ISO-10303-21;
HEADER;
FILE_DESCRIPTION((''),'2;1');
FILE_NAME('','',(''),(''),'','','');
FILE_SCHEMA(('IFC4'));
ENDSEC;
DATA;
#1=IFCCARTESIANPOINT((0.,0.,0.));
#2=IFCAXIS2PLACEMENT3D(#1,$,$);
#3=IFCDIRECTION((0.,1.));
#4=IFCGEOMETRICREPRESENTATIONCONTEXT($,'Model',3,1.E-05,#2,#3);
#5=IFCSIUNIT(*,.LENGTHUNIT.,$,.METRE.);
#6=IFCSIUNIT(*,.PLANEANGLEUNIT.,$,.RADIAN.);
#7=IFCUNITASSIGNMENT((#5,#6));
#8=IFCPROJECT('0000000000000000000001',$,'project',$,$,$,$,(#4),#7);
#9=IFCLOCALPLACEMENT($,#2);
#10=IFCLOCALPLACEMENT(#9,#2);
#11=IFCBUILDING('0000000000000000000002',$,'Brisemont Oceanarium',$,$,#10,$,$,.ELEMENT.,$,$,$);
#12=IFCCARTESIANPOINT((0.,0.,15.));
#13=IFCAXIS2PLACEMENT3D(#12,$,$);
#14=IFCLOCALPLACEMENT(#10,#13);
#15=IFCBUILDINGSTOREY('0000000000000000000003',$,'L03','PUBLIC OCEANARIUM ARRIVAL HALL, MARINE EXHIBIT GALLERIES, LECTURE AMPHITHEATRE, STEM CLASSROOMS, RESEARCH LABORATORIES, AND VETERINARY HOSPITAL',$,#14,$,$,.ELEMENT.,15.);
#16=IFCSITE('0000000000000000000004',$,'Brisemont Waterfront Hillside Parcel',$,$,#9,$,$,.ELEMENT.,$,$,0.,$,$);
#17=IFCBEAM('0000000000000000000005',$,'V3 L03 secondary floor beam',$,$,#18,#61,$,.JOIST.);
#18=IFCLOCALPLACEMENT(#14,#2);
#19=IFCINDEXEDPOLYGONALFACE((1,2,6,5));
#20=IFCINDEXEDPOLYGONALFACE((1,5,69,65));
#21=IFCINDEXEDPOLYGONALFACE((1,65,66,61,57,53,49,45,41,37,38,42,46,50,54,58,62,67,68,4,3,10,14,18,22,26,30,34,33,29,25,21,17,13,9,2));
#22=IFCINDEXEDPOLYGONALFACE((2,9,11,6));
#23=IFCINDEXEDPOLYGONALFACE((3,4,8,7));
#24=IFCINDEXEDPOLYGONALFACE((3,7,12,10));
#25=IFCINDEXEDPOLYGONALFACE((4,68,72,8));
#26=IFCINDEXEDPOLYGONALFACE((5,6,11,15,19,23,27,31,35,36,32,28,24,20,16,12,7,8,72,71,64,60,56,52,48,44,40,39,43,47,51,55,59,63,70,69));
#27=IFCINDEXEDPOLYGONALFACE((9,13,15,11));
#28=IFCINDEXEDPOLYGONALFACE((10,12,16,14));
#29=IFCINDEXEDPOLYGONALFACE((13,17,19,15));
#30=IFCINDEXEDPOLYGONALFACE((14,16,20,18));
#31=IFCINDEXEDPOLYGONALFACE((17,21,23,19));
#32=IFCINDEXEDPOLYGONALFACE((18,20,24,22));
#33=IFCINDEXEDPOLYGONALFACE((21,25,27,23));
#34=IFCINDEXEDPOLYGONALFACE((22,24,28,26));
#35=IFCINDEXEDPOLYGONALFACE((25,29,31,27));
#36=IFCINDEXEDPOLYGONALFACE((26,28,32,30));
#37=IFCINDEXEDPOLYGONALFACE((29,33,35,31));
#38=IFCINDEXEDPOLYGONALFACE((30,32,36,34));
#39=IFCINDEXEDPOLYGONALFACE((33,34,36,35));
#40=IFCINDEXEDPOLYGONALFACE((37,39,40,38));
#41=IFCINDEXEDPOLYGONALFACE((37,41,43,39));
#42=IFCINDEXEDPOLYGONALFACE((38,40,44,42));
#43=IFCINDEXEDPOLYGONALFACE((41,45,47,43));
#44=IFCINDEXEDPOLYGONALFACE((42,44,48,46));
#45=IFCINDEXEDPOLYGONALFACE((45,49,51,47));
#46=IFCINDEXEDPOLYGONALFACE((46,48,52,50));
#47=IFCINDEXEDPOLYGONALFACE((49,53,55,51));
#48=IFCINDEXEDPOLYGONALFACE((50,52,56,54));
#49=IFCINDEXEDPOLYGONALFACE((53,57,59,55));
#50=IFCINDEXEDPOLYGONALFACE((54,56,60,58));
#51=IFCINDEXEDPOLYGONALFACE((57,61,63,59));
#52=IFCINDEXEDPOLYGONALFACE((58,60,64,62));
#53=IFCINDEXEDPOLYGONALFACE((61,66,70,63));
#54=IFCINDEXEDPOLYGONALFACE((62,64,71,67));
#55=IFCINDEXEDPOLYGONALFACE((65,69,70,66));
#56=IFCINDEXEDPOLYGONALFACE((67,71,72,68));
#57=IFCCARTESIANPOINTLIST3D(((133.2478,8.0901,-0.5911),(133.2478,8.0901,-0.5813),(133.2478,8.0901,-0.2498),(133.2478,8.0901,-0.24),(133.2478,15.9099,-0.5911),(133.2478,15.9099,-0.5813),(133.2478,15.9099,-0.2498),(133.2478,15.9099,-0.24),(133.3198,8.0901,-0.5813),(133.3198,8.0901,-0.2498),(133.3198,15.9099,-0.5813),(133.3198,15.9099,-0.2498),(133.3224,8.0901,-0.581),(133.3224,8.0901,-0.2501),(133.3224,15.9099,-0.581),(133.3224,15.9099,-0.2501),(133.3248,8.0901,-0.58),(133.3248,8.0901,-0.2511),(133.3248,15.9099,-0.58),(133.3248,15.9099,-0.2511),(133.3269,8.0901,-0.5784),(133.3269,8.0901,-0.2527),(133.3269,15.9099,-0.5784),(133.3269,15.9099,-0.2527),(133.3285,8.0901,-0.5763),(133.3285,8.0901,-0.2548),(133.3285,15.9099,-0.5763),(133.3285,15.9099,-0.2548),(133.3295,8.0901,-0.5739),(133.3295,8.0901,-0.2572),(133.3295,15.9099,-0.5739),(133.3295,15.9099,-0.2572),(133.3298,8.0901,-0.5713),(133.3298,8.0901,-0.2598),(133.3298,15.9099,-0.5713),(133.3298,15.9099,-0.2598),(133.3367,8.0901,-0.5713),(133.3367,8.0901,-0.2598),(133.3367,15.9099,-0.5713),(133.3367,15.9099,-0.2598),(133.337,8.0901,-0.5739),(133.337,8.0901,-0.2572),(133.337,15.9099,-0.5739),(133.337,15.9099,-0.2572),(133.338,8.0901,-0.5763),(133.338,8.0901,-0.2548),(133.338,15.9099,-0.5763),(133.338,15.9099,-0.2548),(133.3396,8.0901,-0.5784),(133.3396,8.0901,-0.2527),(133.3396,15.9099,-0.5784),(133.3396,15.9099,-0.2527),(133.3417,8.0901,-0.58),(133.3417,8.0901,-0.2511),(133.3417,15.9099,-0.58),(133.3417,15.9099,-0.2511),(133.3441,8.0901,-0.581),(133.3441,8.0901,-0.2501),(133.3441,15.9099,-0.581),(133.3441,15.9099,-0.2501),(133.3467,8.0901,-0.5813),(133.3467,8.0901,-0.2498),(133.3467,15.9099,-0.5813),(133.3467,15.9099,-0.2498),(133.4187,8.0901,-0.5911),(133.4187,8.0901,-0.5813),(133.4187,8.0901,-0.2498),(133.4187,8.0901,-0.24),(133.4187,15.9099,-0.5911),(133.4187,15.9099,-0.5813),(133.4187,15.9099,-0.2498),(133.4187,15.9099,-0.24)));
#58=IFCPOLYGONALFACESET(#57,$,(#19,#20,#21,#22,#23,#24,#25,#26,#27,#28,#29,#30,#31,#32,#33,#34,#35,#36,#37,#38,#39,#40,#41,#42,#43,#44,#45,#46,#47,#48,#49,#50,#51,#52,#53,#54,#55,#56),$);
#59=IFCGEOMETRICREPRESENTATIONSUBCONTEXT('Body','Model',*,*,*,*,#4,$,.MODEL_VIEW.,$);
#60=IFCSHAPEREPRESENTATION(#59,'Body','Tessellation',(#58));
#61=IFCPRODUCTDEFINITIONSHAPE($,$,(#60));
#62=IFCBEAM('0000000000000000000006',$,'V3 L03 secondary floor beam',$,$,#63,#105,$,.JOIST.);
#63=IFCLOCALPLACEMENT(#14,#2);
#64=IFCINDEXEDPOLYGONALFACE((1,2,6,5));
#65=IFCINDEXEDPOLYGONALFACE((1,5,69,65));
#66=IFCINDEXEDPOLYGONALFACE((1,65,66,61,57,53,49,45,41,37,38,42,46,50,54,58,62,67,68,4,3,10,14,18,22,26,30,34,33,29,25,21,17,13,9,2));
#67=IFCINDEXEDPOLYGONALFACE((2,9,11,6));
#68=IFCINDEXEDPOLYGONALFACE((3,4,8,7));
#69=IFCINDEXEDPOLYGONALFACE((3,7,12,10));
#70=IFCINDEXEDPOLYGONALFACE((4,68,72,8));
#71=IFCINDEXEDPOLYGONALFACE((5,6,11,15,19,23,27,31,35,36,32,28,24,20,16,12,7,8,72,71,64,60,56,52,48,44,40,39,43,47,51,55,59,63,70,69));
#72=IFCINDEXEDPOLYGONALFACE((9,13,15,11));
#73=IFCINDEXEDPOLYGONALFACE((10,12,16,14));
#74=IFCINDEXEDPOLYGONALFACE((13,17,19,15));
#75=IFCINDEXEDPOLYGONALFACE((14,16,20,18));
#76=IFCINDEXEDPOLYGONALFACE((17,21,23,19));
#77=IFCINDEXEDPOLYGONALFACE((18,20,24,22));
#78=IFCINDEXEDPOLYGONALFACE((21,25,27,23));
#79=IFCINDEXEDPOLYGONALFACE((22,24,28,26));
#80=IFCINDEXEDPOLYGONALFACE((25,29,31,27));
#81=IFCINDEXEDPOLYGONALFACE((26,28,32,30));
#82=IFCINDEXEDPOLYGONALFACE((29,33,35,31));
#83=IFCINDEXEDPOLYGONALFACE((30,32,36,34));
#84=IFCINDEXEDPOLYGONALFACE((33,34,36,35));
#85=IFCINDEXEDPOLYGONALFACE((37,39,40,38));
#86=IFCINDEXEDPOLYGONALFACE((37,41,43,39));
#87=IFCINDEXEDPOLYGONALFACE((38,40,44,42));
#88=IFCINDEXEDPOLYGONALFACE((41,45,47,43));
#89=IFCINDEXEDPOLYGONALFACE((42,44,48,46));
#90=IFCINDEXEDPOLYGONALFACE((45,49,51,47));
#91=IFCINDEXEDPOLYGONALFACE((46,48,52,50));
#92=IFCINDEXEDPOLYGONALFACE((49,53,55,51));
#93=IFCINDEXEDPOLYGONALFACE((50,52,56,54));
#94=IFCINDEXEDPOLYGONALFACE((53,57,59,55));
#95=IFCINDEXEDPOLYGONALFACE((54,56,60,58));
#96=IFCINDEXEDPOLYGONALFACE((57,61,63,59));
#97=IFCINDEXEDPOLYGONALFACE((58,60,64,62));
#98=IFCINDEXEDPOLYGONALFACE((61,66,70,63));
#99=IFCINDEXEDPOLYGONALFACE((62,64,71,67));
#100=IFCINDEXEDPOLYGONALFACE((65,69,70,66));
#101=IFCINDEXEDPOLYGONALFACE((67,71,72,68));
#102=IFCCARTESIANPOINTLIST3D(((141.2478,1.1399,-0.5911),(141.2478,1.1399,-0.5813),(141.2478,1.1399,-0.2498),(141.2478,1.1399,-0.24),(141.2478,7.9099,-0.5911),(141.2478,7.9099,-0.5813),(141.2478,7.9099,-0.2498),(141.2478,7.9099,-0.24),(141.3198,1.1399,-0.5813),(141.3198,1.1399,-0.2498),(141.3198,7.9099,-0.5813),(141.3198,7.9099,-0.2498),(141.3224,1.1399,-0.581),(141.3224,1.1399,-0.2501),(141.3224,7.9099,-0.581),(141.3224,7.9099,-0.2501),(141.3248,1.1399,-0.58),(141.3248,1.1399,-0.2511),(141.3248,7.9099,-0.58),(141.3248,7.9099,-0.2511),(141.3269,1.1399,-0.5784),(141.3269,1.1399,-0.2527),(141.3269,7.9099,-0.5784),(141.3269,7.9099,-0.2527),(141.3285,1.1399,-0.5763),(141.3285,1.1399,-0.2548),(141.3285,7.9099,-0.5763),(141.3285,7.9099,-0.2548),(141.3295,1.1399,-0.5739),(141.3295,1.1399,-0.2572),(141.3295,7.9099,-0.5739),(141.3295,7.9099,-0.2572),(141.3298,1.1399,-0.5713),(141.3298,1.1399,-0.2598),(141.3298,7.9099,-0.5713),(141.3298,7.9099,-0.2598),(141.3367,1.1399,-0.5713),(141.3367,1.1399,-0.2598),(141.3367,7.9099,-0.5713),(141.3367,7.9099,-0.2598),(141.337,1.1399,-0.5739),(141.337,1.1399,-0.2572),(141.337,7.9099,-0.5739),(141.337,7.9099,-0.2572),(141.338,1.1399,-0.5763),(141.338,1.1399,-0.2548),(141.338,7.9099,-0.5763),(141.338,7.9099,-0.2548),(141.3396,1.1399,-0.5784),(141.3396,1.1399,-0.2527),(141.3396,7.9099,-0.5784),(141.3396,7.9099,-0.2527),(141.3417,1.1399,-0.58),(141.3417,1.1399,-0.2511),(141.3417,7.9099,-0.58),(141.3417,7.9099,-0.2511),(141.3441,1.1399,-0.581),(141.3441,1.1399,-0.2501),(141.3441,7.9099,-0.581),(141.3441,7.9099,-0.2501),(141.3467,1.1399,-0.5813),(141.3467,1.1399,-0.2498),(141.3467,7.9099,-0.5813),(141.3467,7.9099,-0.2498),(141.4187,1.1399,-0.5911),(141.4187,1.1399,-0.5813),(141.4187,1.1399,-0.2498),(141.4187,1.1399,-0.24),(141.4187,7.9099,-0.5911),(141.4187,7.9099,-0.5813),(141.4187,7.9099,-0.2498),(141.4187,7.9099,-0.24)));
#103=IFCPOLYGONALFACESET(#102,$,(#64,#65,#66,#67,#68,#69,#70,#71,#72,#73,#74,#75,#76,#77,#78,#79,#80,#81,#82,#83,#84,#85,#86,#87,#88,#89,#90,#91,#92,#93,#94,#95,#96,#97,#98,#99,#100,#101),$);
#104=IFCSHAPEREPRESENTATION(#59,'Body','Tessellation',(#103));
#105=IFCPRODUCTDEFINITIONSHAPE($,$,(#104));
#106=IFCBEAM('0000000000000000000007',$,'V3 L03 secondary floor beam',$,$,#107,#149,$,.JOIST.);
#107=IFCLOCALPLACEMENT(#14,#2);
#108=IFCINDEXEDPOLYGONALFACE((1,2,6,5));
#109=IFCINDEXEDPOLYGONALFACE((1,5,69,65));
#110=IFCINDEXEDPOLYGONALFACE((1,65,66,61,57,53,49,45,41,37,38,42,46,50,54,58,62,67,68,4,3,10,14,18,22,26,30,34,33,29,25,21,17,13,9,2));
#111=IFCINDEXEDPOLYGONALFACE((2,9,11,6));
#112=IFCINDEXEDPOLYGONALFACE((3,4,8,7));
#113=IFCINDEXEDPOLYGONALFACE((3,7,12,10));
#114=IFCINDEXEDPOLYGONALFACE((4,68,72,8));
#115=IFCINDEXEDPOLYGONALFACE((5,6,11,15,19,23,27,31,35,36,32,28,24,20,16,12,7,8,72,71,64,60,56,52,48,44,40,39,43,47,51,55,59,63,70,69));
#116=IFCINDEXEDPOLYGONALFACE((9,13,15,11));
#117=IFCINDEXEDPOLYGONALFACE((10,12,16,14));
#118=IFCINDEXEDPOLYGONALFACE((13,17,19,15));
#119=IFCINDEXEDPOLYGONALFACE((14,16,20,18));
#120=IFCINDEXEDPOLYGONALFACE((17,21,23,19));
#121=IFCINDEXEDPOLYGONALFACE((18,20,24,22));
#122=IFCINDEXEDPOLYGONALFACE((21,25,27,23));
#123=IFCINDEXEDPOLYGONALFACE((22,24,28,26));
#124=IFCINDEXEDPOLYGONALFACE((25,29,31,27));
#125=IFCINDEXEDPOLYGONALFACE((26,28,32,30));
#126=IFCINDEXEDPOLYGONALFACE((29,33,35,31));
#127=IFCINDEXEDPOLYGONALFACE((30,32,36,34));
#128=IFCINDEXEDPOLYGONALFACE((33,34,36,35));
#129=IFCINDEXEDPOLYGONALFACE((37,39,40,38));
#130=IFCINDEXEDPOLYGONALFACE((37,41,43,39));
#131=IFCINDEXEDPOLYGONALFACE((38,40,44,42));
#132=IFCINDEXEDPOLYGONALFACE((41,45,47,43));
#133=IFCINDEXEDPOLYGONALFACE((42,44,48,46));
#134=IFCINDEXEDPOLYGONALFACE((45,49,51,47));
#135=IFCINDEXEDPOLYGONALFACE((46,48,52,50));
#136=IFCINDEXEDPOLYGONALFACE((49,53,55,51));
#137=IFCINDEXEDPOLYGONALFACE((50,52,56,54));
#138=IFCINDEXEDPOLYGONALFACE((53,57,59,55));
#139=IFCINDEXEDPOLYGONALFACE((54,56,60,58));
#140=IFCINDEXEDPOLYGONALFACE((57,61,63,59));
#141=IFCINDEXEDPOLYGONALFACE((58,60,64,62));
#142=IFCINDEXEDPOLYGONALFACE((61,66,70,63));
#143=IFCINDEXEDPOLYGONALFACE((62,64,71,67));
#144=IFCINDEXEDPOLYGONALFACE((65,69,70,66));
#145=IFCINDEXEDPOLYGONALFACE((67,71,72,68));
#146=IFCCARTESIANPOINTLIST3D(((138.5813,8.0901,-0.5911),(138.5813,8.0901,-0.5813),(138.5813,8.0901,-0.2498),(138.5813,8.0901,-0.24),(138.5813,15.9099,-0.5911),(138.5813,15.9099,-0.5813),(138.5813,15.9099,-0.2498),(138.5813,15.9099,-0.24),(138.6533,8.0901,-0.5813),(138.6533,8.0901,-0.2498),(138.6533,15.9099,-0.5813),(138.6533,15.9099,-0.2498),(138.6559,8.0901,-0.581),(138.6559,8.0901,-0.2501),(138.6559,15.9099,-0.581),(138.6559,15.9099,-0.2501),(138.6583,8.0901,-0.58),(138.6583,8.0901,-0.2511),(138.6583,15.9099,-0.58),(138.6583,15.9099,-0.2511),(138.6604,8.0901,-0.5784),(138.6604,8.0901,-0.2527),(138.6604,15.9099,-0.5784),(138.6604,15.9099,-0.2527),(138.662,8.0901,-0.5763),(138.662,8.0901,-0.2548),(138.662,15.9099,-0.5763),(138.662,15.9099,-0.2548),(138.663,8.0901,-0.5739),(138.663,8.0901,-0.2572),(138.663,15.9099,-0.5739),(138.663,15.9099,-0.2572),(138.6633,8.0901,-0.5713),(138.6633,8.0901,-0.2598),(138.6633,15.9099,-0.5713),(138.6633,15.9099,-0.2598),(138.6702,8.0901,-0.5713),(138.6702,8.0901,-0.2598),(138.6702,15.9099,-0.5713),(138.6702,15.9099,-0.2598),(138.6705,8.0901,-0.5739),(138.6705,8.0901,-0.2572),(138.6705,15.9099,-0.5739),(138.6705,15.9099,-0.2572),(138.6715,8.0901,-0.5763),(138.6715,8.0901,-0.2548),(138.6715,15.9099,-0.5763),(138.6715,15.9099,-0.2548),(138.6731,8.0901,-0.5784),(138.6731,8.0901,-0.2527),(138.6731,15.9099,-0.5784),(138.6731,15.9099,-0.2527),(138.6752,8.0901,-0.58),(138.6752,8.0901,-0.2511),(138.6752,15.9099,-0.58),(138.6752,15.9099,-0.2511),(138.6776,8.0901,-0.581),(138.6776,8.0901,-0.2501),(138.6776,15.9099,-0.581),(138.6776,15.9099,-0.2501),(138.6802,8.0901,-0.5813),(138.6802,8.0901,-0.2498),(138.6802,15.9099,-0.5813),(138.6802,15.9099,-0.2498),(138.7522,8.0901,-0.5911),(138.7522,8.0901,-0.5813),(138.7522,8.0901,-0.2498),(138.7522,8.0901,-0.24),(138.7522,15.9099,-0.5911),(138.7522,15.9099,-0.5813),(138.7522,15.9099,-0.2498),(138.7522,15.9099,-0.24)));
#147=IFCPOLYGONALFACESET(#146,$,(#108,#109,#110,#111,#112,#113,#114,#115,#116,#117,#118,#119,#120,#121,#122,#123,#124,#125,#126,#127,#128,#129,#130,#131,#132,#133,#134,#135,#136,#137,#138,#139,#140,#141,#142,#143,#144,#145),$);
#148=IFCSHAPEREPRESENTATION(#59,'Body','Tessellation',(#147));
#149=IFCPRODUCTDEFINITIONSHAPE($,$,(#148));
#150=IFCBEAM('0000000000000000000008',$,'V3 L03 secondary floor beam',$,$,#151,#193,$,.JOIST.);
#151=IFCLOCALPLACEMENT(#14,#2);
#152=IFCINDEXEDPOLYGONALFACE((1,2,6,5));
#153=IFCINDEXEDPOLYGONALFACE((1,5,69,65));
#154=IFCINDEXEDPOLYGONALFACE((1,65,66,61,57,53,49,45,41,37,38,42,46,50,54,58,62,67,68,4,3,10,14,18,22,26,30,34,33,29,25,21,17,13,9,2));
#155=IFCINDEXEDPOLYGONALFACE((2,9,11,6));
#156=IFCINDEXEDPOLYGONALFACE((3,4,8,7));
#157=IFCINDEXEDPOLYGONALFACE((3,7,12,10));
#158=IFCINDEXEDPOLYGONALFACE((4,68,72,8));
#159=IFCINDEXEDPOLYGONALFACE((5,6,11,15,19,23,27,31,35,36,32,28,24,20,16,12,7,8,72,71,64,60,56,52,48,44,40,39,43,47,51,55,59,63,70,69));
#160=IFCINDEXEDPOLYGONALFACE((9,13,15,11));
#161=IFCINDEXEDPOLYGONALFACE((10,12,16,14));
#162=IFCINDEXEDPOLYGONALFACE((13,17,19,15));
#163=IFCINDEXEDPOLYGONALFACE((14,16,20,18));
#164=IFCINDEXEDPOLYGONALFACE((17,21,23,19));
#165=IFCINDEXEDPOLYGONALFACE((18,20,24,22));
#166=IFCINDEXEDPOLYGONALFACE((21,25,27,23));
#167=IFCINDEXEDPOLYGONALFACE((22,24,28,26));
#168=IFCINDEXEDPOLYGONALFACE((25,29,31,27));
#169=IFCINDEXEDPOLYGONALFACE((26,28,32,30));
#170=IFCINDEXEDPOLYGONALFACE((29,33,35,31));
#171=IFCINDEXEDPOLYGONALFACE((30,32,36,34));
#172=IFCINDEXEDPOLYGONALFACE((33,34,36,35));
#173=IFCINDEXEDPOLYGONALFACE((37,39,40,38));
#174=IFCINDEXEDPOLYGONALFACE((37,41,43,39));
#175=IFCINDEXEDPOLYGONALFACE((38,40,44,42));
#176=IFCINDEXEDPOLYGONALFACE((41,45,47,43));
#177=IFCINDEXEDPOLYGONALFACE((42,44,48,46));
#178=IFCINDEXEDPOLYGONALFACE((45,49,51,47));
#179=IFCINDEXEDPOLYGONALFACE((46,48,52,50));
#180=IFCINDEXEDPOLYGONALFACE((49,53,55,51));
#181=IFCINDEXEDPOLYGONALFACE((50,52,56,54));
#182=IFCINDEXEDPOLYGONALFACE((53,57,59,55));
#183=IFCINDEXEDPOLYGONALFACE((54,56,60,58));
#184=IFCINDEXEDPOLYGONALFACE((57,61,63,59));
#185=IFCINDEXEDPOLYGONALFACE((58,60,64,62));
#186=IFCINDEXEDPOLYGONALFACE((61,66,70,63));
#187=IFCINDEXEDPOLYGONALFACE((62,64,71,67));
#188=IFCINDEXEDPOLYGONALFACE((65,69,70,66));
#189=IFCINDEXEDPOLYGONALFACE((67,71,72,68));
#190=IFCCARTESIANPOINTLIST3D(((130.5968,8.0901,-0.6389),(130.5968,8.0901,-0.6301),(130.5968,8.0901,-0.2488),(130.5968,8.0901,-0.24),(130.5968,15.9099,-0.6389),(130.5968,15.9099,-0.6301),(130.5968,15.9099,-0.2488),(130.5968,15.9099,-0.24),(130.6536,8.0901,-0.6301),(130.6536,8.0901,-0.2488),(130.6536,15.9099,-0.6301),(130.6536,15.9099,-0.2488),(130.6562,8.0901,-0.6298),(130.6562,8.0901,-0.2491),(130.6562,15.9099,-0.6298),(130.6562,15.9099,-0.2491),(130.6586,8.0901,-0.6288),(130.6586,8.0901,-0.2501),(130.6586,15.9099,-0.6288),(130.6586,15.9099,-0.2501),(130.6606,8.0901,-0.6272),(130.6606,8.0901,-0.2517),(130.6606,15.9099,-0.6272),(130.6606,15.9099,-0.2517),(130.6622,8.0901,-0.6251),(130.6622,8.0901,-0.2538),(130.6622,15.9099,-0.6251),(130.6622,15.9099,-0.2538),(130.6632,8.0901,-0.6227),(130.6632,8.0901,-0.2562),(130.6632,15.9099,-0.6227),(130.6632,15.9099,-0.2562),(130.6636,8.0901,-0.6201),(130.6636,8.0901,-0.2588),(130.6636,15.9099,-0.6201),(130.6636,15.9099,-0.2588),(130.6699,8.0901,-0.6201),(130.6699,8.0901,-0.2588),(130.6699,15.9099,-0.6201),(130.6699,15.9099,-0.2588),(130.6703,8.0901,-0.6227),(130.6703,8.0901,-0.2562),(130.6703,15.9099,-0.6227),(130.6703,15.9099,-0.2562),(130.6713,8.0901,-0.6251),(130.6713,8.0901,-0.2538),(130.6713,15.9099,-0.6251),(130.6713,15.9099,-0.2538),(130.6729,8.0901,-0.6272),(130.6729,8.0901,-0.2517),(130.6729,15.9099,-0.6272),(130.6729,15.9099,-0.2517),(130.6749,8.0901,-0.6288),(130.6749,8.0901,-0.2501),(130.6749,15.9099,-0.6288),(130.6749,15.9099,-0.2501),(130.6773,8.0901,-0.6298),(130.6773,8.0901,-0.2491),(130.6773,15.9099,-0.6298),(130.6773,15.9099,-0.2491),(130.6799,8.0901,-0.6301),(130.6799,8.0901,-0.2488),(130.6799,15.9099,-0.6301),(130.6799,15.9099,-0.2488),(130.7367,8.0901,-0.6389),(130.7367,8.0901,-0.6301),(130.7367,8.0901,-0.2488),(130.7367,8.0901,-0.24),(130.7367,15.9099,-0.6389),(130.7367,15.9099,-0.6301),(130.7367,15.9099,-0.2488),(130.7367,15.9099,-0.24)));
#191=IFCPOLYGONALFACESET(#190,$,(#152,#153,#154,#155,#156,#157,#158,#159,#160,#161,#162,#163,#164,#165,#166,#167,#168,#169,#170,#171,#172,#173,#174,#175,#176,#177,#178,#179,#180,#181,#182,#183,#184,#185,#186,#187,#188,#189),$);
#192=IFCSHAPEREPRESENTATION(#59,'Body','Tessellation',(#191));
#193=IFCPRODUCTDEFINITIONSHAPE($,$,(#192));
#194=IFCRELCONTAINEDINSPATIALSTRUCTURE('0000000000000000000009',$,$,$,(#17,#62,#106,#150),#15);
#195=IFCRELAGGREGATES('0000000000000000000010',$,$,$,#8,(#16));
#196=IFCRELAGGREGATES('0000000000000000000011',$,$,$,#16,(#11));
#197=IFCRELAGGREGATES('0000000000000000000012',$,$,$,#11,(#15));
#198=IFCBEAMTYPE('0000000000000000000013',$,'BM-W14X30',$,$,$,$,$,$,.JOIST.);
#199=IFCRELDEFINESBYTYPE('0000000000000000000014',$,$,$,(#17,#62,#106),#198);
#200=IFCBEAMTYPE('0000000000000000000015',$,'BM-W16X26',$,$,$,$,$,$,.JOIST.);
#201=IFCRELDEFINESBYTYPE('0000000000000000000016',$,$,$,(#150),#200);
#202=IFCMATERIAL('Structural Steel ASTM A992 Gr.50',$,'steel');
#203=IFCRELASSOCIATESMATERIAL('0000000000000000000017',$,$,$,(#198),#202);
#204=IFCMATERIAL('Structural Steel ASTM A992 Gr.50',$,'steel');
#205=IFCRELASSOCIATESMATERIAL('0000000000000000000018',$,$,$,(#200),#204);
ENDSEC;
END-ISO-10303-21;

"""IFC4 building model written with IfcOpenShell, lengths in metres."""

from ifc_helpers import new_model, si_unit, direction, frame, origin, origin_2d, place, context, subcontext, project, spatial, i_section, extrude, material, material_profile, profile_set, type_object, element, save


model = new_model("IFC4")

# Units and contexts
model_context = context("Model", 3, precision=1e-05, world=origin(), true_north=direction((0.0, 1.0)))
body_context = subcontext(model_context, "Body", "Model", "MODEL_VIEW")
ifc_project = project(units=[si_unit("LENGTHUNIT", "METRE"), si_unit("PLANEANGLEUNIT", "RADIAN")], contexts=[model_context])

# Site, building, storey
site_placement = place(None, origin())
site = spatial("IfcSite", under=ifc_project, at=site_placement, Name="Brisemont Waterfront Hillside Parcel", CompositionType="ELEMENT", RefElevation=0.0)
building_placement = place(site_placement, origin())
building = spatial("IfcBuilding", under=site, at=building_placement, Name="Brisemont Oceanarium", CompositionType="ELEMENT")
storey_placement = place(building_placement, frame((0.0, 0.0, 15.0)))
storey = spatial("IfcBuildingStorey", under=building, at=storey_placement, Name="L03", Description="PUBLIC OCEANARIUM ARRIVAL HALL, MARINE EXHIBIT GALLERIES, LECTURE AMPHITHEATRE, STEM CLASSROOMS, RESEARCH LABORATORIES, AND VETERINARY HOSPITAL", CompositionType="ELEMENT", Elevation=15.0)

# Beams
ifc_material_1 = material(Name="Structural Steel ASTM A992 Gr.50", Category="steel")
ifc_material_profile_1 = material_profile(ifc_material_1, i_section(OverallWidth=0.1709, OverallDepth=0.3511, WebThickness=0.0068, FlangeThickness=0.0098, FilletRadius=0.01, at=origin_2d()), Name="W14X30")
ifc_profile_set_1 = profile_set([ifc_material_profile_1], Name="Structural Steel ASTM A992 Gr.50")
beam_type_1 = type_object("IfcBeamType", Name="BM-W14X30", PredefinedType="JOIST", material=ifc_profile_set_1)
beam_1_placement = place(storey_placement, frame((133.3333, 8.0901, -0.4155), z_axis=(0.0, 1.0, 0.0), x_axis=(-1.0, 0.0, 0.0)))
element("IfcBeam", 1, at=beam_1_placement, inside=storey, type_object=beam_type_1, Name="V3 L03 secondary floor beam", PredefinedType="JOIST", context=body_context, shape_type="SweptSolid", body=[
    extrude(i_section(OverallWidth=0.1709, OverallDepth=0.3511, WebThickness=0.0068, FlangeThickness=0.0098, FilletRadius=0.01, at=origin_2d()), origin(), (0.0, 0.0, 1.0), 7.8198),
])
beam_2_placement = place(storey_placement, frame((141.3333, 1.1399, -0.4155), z_axis=(0.0, 1.0, 0.0), x_axis=(-1.0, 0.0, 0.0)))
element("IfcBeam", 2, at=beam_2_placement, inside=storey, type_object=beam_type_1, Name="V3 L03 secondary floor beam", PredefinedType="JOIST", context=body_context, shape_type="SweptSolid", body=[
    extrude(i_section(OverallWidth=0.1709, OverallDepth=0.3511, WebThickness=0.0068, FlangeThickness=0.0098, FilletRadius=0.01, at=origin_2d()), origin(), (0.0, 0.0, 1.0), 6.77),
])
beam_3_placement = place(storey_placement, frame((138.6667, 8.0901, -0.4155), z_axis=(0.0, 1.0, 0.0), x_axis=(-1.0, 0.0, 0.0)))
element("IfcBeam", 3, at=beam_3_placement, inside=storey, type_object=beam_type_1, Name="V3 L03 secondary floor beam", PredefinedType="JOIST", context=body_context, shape_type="SweptSolid", body=[
    extrude(i_section(OverallWidth=0.1709, OverallDepth=0.3511, WebThickness=0.0068, FlangeThickness=0.0098, FilletRadius=0.01, at=origin_2d()), origin(), (0.0, 0.0, 1.0), 7.8198),
])
ifc_material_2 = material(Name="Structural Steel ASTM A992 Gr.50", Category="steel")
ifc_material_profile_2 = material_profile(ifc_material_2, i_section(OverallWidth=0.1399, OverallDepth=0.3989, WebThickness=0.0063, FlangeThickness=0.0088, FilletRadius=0.01, at=origin_2d()), Name="W16X26")
ifc_profile_set_2 = profile_set([ifc_material_profile_2], Name="Structural Steel ASTM A992 Gr.50")
beam_type_2 = type_object("IfcBeamType", Name="BM-W16X26", PredefinedType="JOIST", material=ifc_profile_set_2)
beam_4_placement = place(storey_placement, frame((130.6667, 8.0901, -0.4395), z_axis=(0.0, 1.0, 0.0), x_axis=(-1.0, 0.0, 0.0)))
element("IfcBeam", 4, at=beam_4_placement, inside=storey, type_object=beam_type_2, Name="V3 L03 secondary floor beam", PredefinedType="JOIST", context=body_context, shape_type="SweptSolid", body=[
    extrude(i_section(OverallWidth=0.1399, OverallDepth=0.3989, WebThickness=0.0063, FlangeThickness=0.0088, FilletRadius=0.01, at=origin_2d()), origin(), (0.0, 0.0, 1.0), 7.8198),
])

save(model, "model.ifc")
